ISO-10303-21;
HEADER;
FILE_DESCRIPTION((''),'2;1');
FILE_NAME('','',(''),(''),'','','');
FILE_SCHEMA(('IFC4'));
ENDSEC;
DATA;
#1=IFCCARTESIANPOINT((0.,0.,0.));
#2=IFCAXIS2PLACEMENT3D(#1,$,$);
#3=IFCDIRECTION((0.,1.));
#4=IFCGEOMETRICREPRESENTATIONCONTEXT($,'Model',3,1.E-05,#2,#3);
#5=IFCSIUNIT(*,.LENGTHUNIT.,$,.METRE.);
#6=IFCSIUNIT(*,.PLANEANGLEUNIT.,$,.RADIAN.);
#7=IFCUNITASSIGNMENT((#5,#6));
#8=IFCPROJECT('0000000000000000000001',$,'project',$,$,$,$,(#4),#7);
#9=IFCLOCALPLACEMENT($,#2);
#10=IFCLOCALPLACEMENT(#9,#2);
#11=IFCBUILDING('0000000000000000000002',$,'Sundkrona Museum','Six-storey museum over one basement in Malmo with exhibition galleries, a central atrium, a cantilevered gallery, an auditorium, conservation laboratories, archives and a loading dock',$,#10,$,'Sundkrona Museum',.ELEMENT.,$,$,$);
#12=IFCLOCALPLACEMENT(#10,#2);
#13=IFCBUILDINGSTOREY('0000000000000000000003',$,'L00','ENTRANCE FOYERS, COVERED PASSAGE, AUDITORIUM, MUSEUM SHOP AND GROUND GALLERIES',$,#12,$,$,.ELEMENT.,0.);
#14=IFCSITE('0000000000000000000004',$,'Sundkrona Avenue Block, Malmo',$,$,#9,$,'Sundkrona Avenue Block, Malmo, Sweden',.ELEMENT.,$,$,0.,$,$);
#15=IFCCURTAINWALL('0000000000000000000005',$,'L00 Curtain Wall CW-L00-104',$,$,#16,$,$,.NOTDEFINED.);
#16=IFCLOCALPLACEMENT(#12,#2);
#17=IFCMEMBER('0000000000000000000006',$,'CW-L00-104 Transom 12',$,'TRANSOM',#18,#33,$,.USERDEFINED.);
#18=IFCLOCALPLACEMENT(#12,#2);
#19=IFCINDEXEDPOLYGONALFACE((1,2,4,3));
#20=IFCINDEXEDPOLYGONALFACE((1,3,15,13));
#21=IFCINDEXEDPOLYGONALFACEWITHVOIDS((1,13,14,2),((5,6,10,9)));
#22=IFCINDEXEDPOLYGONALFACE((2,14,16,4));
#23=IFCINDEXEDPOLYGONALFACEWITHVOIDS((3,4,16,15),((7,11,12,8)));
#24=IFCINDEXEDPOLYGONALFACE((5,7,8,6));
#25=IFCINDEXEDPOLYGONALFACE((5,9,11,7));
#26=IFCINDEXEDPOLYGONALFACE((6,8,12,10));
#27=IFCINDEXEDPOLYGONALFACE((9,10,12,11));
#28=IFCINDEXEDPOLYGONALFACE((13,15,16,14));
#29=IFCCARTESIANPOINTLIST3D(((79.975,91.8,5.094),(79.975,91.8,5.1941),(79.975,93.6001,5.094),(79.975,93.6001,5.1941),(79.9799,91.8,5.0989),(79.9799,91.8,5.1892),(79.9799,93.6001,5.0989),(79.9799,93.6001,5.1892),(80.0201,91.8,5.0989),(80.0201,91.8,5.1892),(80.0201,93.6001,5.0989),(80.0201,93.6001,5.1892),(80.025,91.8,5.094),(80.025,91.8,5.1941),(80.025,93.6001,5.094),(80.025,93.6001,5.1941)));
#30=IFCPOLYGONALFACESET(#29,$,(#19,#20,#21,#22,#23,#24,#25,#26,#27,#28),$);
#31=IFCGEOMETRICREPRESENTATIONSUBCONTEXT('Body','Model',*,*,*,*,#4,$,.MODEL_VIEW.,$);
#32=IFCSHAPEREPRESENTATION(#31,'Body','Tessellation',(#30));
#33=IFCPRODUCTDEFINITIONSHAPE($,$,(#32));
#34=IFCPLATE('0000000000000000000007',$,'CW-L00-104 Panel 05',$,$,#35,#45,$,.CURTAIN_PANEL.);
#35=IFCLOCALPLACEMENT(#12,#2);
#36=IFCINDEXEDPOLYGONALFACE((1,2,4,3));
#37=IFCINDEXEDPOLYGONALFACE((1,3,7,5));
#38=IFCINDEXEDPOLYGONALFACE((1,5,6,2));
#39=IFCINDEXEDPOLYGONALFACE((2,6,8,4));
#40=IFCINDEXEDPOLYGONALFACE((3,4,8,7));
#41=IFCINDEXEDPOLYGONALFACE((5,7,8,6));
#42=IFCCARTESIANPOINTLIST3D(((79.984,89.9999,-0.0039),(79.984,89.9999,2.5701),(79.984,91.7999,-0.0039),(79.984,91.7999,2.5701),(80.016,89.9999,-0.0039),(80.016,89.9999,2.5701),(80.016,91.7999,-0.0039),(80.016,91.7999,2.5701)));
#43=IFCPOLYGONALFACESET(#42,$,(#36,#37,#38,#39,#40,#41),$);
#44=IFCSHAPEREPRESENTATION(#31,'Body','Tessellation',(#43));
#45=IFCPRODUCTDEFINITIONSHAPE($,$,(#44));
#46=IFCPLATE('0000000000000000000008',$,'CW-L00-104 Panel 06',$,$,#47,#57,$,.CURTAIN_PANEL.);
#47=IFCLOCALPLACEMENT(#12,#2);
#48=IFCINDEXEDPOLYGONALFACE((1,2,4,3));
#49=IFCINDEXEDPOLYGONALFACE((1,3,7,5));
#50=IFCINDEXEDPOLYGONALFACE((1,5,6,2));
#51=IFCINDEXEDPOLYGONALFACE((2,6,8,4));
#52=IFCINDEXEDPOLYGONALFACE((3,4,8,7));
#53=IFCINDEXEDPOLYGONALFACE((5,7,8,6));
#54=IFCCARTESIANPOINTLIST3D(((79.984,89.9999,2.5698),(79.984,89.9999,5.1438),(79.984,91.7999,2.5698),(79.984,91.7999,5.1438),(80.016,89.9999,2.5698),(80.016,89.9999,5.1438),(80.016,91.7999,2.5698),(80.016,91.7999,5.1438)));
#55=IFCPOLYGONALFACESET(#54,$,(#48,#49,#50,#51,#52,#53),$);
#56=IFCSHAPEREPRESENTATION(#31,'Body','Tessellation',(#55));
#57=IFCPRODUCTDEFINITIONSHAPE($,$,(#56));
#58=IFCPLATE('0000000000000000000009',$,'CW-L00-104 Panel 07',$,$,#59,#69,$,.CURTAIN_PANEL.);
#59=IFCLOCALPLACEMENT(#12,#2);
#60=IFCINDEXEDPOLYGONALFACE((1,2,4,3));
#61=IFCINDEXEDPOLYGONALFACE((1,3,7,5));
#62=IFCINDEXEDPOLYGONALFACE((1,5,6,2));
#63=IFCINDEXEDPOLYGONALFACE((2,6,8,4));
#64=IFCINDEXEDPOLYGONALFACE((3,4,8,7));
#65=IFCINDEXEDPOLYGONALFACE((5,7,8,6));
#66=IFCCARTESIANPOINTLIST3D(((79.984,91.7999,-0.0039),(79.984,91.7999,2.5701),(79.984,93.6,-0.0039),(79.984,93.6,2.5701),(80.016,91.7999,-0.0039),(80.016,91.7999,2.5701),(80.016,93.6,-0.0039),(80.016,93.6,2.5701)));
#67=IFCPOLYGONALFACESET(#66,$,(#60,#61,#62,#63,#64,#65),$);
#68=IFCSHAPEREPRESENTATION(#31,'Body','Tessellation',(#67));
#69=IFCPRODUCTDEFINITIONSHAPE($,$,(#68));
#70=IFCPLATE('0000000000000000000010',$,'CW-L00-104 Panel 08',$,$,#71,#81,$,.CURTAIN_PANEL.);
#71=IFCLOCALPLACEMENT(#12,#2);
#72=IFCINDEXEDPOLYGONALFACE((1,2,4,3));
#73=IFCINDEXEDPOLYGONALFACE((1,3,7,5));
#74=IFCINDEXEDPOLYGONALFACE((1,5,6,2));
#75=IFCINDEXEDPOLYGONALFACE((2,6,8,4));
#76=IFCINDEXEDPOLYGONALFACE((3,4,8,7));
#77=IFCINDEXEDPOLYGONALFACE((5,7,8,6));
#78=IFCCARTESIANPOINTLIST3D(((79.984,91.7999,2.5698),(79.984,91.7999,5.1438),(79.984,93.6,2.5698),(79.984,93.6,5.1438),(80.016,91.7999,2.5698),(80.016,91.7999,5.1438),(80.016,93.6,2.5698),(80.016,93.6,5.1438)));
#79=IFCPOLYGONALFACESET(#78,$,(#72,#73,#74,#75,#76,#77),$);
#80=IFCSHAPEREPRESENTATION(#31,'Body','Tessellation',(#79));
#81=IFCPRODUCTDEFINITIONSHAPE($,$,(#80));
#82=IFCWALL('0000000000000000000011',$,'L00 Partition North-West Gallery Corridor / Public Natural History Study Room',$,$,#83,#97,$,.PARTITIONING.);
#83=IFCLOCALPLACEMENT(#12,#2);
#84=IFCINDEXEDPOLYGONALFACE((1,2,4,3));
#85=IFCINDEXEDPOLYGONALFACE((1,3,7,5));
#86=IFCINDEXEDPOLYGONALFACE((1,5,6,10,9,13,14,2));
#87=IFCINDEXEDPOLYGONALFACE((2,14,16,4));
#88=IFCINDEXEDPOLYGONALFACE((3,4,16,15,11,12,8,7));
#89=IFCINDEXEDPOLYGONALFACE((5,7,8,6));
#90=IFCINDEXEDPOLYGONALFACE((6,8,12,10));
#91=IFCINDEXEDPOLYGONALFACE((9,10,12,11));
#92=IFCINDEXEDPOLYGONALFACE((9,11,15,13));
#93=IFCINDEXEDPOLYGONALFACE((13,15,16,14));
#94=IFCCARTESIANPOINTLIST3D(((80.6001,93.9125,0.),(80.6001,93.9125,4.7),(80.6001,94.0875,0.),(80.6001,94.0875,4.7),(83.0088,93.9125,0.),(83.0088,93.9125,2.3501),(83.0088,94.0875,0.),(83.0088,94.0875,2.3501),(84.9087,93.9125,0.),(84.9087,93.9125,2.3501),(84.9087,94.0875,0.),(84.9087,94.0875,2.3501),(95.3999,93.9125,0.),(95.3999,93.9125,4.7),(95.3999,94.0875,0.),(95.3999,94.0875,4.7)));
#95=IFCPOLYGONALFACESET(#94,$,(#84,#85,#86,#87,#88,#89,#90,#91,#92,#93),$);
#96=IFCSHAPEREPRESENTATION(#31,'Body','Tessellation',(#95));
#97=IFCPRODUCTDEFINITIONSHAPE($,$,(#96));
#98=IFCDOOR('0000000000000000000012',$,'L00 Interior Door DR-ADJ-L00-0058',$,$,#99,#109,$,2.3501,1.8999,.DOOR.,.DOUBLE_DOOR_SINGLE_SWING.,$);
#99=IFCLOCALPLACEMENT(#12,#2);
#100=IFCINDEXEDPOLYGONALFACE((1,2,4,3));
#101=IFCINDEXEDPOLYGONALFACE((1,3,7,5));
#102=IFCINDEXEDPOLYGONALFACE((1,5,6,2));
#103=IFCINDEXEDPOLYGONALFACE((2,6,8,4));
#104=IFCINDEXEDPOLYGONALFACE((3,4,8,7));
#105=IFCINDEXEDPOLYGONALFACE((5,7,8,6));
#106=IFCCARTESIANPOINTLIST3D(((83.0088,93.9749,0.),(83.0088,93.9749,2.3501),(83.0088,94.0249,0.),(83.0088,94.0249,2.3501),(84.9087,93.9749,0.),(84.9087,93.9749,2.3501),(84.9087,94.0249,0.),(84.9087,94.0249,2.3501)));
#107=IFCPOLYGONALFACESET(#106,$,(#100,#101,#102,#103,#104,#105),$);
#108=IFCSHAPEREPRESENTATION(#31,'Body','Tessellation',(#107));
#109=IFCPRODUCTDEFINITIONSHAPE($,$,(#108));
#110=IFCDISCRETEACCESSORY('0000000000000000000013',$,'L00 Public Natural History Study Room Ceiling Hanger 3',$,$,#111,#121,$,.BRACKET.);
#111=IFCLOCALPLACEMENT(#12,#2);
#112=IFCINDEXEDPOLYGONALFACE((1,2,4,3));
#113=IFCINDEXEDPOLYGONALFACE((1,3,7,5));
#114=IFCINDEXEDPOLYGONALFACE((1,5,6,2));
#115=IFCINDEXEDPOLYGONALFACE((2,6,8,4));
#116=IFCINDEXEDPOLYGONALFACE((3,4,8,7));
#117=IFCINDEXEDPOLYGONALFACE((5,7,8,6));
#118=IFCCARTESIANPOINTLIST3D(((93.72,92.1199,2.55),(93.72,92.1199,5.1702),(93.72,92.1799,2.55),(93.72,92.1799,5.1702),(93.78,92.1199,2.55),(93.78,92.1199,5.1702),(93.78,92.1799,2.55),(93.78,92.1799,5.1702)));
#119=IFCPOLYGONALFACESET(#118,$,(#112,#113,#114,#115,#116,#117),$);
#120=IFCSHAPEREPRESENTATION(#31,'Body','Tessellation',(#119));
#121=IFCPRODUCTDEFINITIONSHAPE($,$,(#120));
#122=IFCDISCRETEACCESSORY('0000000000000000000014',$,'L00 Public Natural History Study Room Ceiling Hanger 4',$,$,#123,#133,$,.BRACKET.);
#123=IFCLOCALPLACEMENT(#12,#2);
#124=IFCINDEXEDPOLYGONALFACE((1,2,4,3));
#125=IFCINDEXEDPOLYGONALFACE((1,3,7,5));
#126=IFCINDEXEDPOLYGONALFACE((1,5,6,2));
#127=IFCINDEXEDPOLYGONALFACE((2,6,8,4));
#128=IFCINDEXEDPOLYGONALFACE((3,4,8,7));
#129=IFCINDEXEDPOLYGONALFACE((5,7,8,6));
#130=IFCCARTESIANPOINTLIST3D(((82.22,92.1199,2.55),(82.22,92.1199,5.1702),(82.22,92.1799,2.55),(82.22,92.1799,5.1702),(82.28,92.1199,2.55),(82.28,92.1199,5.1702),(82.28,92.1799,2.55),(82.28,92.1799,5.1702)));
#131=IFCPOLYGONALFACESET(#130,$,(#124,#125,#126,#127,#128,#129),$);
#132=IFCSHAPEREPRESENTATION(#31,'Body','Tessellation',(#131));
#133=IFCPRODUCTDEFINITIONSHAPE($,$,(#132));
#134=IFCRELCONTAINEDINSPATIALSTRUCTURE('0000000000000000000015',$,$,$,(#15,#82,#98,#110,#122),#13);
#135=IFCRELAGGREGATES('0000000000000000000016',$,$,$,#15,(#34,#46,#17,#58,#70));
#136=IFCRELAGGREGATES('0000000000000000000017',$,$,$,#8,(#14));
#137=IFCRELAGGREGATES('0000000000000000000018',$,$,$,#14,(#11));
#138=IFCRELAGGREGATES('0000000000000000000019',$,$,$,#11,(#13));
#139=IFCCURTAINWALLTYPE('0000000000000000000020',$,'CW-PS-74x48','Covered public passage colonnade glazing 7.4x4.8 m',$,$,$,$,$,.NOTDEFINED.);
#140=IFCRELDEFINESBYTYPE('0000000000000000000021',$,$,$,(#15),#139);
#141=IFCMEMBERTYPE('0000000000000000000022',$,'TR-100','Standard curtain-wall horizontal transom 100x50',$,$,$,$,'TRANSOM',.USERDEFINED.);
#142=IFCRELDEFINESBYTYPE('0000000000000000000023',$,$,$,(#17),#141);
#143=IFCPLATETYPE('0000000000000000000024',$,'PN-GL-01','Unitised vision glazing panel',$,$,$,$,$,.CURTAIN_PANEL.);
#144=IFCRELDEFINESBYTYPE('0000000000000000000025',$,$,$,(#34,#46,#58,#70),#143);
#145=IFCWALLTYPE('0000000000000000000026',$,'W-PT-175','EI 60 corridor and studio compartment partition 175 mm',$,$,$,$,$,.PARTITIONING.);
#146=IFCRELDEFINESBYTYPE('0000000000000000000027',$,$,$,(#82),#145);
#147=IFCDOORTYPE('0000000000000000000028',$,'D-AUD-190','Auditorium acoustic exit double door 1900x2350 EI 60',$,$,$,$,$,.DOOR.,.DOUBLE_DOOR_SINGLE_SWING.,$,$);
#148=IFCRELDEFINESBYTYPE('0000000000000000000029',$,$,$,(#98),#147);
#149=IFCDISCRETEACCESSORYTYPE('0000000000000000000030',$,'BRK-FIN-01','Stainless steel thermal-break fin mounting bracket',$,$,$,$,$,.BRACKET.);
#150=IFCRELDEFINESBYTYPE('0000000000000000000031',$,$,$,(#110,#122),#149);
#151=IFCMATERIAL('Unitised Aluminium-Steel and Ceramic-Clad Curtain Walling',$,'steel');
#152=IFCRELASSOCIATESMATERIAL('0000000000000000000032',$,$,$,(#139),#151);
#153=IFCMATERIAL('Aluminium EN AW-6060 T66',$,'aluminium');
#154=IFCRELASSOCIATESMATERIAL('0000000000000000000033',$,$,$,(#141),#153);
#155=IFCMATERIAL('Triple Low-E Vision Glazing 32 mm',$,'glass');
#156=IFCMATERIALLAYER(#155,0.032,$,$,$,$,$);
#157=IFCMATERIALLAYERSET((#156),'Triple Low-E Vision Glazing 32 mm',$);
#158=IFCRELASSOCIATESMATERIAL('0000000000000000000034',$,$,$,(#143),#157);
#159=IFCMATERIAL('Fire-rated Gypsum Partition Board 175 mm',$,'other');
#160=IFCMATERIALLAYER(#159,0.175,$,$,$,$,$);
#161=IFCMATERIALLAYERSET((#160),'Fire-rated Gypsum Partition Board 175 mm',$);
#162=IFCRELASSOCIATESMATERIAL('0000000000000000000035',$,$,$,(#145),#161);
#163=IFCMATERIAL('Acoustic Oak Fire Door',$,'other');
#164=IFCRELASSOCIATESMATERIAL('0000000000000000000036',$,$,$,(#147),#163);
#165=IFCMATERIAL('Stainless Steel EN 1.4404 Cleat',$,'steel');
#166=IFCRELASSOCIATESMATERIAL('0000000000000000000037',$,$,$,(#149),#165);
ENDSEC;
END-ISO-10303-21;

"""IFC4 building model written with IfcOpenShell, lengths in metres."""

from ifc_helpers import new_model, si_unit, direction, frame, frame_2d, origin, origin_2d, place, context, subcontext, project, spatial, rectangle, hollow_rectangle, extrude, material, layer, layer_set, material_profile, profile_set, type_object, element, fill, aggregate, save


model = new_model("IFC4")

# Units and contexts
model_context = context("Model", 3, precision=1e-05, world=origin(), true_north=direction((0.0, 1.0)))
body_context = subcontext(model_context, "Body", "Model", "MODEL_VIEW")
ifc_project = project(units=[si_unit("LENGTHUNIT", "METRE"), si_unit("PLANEANGLEUNIT", "RADIAN")], contexts=[model_context])

# Site, building, storey
site_placement = place(None, origin())
site = spatial("IfcSite", under=ifc_project, at=site_placement, Name="Sundkrona Avenue Block, Malmo", LongName="Sundkrona Avenue Block, Malmo, Sweden", CompositionType="ELEMENT", RefElevation=0.0)
building_placement = place(site_placement, origin())
building = spatial("IfcBuilding", under=site, at=building_placement, Name="Sundkrona Museum", Description="Six-storey museum over one basement in Malmo with exhibition galleries, a central atrium, a cantilevered gallery, an auditorium, conservation laboratories, archives and a loading dock", LongName="Sundkrona Museum", CompositionType="ELEMENT")
storey_placement = place(building_placement, origin())
storey = spatial("IfcBuildingStorey", under=building, at=storey_placement, Name="L00", Description="ENTRANCE FOYERS, COVERED PASSAGE, AUDITORIUM, MUSEUM SHOP AND GROUND GALLERIES", CompositionType="ELEMENT", Elevation=0.0)

# Curtain wall
ifc_material_1 = material(Name="Unitised Aluminium-Steel and Ceramic-Clad Curtain Walling", Category="steel")
curtain_wall_type = type_object("IfcCurtainWallType", Name="CW-PS-74x48", Description="Covered public passage colonnade glazing 7.4x4.8 m", PredefinedType="NOTDEFINED", material=ifc_material_1)
curtain_wall_1_placement = place(storey_placement, origin())
curtain_wall_1 = element("IfcCurtainWall", 1, at=curtain_wall_1_placement, inside=storey, type_object=curtain_wall_type, Name="L00 Curtain Wall CW-L00-104", PredefinedType="NOTDEFINED")
ifc_material_2 = material(Name="Aluminium EN AW-6060 T66", Category="aluminium")

# Member
ifc_material_profile_1 = material_profile(ifc_material_2, hollow_rectangle(XDim=0.05, YDim=0.1001, WallThickness=0.0049, at=origin_2d()), Name="RHS 100x50x5.0")
ifc_profile_set_1 = profile_set([ifc_material_profile_1], Name="Aluminium EN AW-6060 T66")
member_type_1 = type_object("IfcMemberType", Name="TR-100", Description="Standard curtain-wall horizontal transom 100x50", ElementType="TRANSOM", PredefinedType="USERDEFINED", material=ifc_profile_set_1)
member_1_placement = place(storey_placement, frame((80.0, 91.8, 5.144), z_axis=(0.0, 1.0, 0.0), x_axis=(-1.0, 0.0, 0.0)))
member_1 = element("IfcMember", 2, at=member_1_placement, type_object=member_type_1, Name="CW-L00-104 Transom 12", ObjectType="TRANSOM", PredefinedType="USERDEFINED", context=body_context, shape_type="SweptSolid", body=[
    extrude(hollow_rectangle(XDim=0.05, YDim=0.1001, WallThickness=0.0049, at=origin_2d()), origin(), (0.0, 0.0, 1.0), 1.8),
])

# Plates
ifc_material_3 = material(Name="Triple Low-E Vision Glazing 32 mm", Category="glass")
ifc_layer_1 = layer(ifc_material_3, 0.032)
ifc_layer_set_1 = layer_set([ifc_layer_1], Name="Triple Low-E Vision Glazing 32 mm")
plate_type = type_object("IfcPlateType", Name="PN-GL-01", Description="Unitised vision glazing panel", PredefinedType="CURTAIN_PANEL", material=ifc_layer_set_1)
plate_1_placement = place(storey_placement, frame((80.0, 90.8999, -0.0039), z_axis=(0.0, 0.0, 1.0), x_axis=(0.0, 1.0, 0.0)))
plate_1 = element("IfcPlate", 3, at=plate_1_placement, type_object=plate_type, Name="CW-L00-104 Panel 05", PredefinedType="CURTAIN_PANEL", context=body_context, shape_type="SweptSolid", body=[
    extrude(rectangle(XDim=1.8, YDim=0.032, at=origin_2d()), origin(), (0.0, 0.0, 1.0), 2.574),
])
plate_2_placement = place(storey_placement, frame((80.0, 90.8999, 2.5698), z_axis=(0.0, 0.0, 1.0), x_axis=(0.0, 1.0, 0.0)))
plate_2 = element("IfcPlate", 4, at=plate_2_placement, type_object=plate_type, Name="CW-L00-104 Panel 06", PredefinedType="CURTAIN_PANEL", context=body_context, shape_type="SweptSolid", body=[
    extrude(rectangle(XDim=1.8, YDim=0.032, at=origin_2d()), origin(), (0.0, 0.0, 1.0), 2.574),
])
plate_3_placement = place(storey_placement, frame((80.0, 92.7, -0.0039), z_axis=(0.0, 0.0, 1.0), x_axis=(0.0, 1.0, 0.0)))
plate_3 = element("IfcPlate", 5, at=plate_3_placement, type_object=plate_type, Name="CW-L00-104 Panel 07", PredefinedType="CURTAIN_PANEL", context=body_context, shape_type="SweptSolid", body=[
    extrude(rectangle(XDim=1.8, YDim=0.032, at=origin_2d()), origin(), (0.0, 0.0, 1.0), 2.574),
])
plate_4_placement = place(storey_placement, frame((80.0, 92.7, 2.5698), z_axis=(0.0, 0.0, 1.0), x_axis=(0.0, 1.0, 0.0)))
plate_4 = element("IfcPlate", 6, at=plate_4_placement, type_object=plate_type, Name="CW-L00-104 Panel 08", PredefinedType="CURTAIN_PANEL", context=body_context, shape_type="SweptSolid", body=[
    extrude(rectangle(XDim=1.8, YDim=0.032, at=origin_2d()), origin(), (0.0, 0.0, 1.0), 2.574),
])
aggregate(curtain_wall_1, [plate_1, plate_2, member_1, plate_3, plate_4])

# Wall, opening, door
ifc_material_4 = material(Name="Fire-rated Gypsum Partition Board 175 mm", Category="other")
ifc_layer_2 = layer(ifc_material_4, 0.175)
ifc_layer_set_2 = layer_set([ifc_layer_2], Name="Fire-rated Gypsum Partition Board 175 mm")
wall_type = type_object("IfcWallType", Name="W-PT-175", Description="EI 60 corridor and studio compartment partition 175 mm", PredefinedType="PARTITIONING", material=ifc_layer_set_2)
wall_placement = place(storey_placement, frame((80.6001, 94.0, 0.0), z_axis=(0.0, 0.0, 1.0), x_axis=(1.0, 0.0, 0.0)))
wall = element("IfcWall", 7, at=wall_placement, inside=storey, type_object=wall_type, Name="L00 Partition North-West Gallery Corridor / Public Natural History Study Room", PredefinedType="PARTITIONING", context=body_context, shape_type="SweptSolid", body=[
    extrude(rectangle(XDim=14.7998, YDim=0.175, at=frame_2d((7.3999, 0.0))), origin(), (0.0, 0.0, 1.0), 4.7),
])
opening_placement = place(wall_placement, frame((2.4087, 0.0, 0.0)))
opening = element("IfcOpeningElement", 8, at=opening_placement, cuts=wall, PredefinedType="OPENING", context=body_context, shape_type="SweptSolid", body=[
    extrude(rectangle(XDim=1.8999, YDim=2.3501, at=frame_2d((0.95, 1.175))), frame((0.0, 0.0974, 0.0), z_axis=(0.0, -1.0, 0.0), x_axis=(1.0, 0.0, 0.0)), (0.0, 0.0, 1.0), 0.1951),
])
ifc_material_5 = material(Name="Acoustic Oak Fire Door", Category="other")
door_type = type_object("IfcDoorType", Name="D-AUD-190", Description="Auditorium acoustic exit double door 1900x2350 EI 60", OperationType="DOUBLE_DOOR_SINGLE_SWING", PredefinedType="DOOR", material=ifc_material_5)
door_placement = place(opening_placement, origin())
door = element("IfcDoor", 9, at=door_placement, inside=storey, type_object=door_type, Name="L00 Interior Door DR-ADJ-L00-0058", OperationType="DOUBLE_DOOR_SINGLE_SWING", OverallHeight=2.3501, OverallWidth=1.8999, PredefinedType="DOOR", context=body_context, shape_type="SweptSolid", body=[
    extrude(rectangle(XDim=1.8999, YDim=2.3501, at=frame_2d((0.95, 1.175))), frame((0.0, 0.0249, 0.0), z_axis=(0.0, -1.0, 0.0), x_axis=(1.0, 0.0, 0.0)), (0.0, 0.0, 1.0), 0.05),
])
fill(opening, door)

# Discrete accessories
ifc_material_6 = material(Name="Stainless Steel EN 1.4404 Cleat", Category="steel")
discrete_accessory_type = type_object("IfcDiscreteAccessoryType", Name="BRK-FIN-01", Description="Stainless steel thermal-break fin mounting bracket", PredefinedType="BRACKET", material=ifc_material_6)
for number, where, z_axis, x_axis, name in (
    (10, (93.75, 92.1499, 2.55), (0.0, 0.0, 1.0), (1.0, 0.0, 0.0), "L00 Public Natural History Study Room Ceiling Hanger 3"),
    (11, (82.25, 92.1499, 2.55), (0.0, 0.0, 1.0), (1.0, 0.0, 0.0), "L00 Public Natural History Study Room Ceiling Hanger 4"),
):
    element("IfcDiscreteAccessory", number, at=place(storey_placement, frame(where, z_axis=z_axis, x_axis=x_axis)), inside=storey, type_object=discrete_accessory_type, Name=name, PredefinedType="BRACKET", context=body_context, shape_type="SweptSolid", body=[
        extrude(rectangle(XDim=0.0601, YDim=0.0601, at=origin_2d()), origin(), (0.0, 0.0, 1.0), 2.6201),
    ])

save(model, "model.ifc")
